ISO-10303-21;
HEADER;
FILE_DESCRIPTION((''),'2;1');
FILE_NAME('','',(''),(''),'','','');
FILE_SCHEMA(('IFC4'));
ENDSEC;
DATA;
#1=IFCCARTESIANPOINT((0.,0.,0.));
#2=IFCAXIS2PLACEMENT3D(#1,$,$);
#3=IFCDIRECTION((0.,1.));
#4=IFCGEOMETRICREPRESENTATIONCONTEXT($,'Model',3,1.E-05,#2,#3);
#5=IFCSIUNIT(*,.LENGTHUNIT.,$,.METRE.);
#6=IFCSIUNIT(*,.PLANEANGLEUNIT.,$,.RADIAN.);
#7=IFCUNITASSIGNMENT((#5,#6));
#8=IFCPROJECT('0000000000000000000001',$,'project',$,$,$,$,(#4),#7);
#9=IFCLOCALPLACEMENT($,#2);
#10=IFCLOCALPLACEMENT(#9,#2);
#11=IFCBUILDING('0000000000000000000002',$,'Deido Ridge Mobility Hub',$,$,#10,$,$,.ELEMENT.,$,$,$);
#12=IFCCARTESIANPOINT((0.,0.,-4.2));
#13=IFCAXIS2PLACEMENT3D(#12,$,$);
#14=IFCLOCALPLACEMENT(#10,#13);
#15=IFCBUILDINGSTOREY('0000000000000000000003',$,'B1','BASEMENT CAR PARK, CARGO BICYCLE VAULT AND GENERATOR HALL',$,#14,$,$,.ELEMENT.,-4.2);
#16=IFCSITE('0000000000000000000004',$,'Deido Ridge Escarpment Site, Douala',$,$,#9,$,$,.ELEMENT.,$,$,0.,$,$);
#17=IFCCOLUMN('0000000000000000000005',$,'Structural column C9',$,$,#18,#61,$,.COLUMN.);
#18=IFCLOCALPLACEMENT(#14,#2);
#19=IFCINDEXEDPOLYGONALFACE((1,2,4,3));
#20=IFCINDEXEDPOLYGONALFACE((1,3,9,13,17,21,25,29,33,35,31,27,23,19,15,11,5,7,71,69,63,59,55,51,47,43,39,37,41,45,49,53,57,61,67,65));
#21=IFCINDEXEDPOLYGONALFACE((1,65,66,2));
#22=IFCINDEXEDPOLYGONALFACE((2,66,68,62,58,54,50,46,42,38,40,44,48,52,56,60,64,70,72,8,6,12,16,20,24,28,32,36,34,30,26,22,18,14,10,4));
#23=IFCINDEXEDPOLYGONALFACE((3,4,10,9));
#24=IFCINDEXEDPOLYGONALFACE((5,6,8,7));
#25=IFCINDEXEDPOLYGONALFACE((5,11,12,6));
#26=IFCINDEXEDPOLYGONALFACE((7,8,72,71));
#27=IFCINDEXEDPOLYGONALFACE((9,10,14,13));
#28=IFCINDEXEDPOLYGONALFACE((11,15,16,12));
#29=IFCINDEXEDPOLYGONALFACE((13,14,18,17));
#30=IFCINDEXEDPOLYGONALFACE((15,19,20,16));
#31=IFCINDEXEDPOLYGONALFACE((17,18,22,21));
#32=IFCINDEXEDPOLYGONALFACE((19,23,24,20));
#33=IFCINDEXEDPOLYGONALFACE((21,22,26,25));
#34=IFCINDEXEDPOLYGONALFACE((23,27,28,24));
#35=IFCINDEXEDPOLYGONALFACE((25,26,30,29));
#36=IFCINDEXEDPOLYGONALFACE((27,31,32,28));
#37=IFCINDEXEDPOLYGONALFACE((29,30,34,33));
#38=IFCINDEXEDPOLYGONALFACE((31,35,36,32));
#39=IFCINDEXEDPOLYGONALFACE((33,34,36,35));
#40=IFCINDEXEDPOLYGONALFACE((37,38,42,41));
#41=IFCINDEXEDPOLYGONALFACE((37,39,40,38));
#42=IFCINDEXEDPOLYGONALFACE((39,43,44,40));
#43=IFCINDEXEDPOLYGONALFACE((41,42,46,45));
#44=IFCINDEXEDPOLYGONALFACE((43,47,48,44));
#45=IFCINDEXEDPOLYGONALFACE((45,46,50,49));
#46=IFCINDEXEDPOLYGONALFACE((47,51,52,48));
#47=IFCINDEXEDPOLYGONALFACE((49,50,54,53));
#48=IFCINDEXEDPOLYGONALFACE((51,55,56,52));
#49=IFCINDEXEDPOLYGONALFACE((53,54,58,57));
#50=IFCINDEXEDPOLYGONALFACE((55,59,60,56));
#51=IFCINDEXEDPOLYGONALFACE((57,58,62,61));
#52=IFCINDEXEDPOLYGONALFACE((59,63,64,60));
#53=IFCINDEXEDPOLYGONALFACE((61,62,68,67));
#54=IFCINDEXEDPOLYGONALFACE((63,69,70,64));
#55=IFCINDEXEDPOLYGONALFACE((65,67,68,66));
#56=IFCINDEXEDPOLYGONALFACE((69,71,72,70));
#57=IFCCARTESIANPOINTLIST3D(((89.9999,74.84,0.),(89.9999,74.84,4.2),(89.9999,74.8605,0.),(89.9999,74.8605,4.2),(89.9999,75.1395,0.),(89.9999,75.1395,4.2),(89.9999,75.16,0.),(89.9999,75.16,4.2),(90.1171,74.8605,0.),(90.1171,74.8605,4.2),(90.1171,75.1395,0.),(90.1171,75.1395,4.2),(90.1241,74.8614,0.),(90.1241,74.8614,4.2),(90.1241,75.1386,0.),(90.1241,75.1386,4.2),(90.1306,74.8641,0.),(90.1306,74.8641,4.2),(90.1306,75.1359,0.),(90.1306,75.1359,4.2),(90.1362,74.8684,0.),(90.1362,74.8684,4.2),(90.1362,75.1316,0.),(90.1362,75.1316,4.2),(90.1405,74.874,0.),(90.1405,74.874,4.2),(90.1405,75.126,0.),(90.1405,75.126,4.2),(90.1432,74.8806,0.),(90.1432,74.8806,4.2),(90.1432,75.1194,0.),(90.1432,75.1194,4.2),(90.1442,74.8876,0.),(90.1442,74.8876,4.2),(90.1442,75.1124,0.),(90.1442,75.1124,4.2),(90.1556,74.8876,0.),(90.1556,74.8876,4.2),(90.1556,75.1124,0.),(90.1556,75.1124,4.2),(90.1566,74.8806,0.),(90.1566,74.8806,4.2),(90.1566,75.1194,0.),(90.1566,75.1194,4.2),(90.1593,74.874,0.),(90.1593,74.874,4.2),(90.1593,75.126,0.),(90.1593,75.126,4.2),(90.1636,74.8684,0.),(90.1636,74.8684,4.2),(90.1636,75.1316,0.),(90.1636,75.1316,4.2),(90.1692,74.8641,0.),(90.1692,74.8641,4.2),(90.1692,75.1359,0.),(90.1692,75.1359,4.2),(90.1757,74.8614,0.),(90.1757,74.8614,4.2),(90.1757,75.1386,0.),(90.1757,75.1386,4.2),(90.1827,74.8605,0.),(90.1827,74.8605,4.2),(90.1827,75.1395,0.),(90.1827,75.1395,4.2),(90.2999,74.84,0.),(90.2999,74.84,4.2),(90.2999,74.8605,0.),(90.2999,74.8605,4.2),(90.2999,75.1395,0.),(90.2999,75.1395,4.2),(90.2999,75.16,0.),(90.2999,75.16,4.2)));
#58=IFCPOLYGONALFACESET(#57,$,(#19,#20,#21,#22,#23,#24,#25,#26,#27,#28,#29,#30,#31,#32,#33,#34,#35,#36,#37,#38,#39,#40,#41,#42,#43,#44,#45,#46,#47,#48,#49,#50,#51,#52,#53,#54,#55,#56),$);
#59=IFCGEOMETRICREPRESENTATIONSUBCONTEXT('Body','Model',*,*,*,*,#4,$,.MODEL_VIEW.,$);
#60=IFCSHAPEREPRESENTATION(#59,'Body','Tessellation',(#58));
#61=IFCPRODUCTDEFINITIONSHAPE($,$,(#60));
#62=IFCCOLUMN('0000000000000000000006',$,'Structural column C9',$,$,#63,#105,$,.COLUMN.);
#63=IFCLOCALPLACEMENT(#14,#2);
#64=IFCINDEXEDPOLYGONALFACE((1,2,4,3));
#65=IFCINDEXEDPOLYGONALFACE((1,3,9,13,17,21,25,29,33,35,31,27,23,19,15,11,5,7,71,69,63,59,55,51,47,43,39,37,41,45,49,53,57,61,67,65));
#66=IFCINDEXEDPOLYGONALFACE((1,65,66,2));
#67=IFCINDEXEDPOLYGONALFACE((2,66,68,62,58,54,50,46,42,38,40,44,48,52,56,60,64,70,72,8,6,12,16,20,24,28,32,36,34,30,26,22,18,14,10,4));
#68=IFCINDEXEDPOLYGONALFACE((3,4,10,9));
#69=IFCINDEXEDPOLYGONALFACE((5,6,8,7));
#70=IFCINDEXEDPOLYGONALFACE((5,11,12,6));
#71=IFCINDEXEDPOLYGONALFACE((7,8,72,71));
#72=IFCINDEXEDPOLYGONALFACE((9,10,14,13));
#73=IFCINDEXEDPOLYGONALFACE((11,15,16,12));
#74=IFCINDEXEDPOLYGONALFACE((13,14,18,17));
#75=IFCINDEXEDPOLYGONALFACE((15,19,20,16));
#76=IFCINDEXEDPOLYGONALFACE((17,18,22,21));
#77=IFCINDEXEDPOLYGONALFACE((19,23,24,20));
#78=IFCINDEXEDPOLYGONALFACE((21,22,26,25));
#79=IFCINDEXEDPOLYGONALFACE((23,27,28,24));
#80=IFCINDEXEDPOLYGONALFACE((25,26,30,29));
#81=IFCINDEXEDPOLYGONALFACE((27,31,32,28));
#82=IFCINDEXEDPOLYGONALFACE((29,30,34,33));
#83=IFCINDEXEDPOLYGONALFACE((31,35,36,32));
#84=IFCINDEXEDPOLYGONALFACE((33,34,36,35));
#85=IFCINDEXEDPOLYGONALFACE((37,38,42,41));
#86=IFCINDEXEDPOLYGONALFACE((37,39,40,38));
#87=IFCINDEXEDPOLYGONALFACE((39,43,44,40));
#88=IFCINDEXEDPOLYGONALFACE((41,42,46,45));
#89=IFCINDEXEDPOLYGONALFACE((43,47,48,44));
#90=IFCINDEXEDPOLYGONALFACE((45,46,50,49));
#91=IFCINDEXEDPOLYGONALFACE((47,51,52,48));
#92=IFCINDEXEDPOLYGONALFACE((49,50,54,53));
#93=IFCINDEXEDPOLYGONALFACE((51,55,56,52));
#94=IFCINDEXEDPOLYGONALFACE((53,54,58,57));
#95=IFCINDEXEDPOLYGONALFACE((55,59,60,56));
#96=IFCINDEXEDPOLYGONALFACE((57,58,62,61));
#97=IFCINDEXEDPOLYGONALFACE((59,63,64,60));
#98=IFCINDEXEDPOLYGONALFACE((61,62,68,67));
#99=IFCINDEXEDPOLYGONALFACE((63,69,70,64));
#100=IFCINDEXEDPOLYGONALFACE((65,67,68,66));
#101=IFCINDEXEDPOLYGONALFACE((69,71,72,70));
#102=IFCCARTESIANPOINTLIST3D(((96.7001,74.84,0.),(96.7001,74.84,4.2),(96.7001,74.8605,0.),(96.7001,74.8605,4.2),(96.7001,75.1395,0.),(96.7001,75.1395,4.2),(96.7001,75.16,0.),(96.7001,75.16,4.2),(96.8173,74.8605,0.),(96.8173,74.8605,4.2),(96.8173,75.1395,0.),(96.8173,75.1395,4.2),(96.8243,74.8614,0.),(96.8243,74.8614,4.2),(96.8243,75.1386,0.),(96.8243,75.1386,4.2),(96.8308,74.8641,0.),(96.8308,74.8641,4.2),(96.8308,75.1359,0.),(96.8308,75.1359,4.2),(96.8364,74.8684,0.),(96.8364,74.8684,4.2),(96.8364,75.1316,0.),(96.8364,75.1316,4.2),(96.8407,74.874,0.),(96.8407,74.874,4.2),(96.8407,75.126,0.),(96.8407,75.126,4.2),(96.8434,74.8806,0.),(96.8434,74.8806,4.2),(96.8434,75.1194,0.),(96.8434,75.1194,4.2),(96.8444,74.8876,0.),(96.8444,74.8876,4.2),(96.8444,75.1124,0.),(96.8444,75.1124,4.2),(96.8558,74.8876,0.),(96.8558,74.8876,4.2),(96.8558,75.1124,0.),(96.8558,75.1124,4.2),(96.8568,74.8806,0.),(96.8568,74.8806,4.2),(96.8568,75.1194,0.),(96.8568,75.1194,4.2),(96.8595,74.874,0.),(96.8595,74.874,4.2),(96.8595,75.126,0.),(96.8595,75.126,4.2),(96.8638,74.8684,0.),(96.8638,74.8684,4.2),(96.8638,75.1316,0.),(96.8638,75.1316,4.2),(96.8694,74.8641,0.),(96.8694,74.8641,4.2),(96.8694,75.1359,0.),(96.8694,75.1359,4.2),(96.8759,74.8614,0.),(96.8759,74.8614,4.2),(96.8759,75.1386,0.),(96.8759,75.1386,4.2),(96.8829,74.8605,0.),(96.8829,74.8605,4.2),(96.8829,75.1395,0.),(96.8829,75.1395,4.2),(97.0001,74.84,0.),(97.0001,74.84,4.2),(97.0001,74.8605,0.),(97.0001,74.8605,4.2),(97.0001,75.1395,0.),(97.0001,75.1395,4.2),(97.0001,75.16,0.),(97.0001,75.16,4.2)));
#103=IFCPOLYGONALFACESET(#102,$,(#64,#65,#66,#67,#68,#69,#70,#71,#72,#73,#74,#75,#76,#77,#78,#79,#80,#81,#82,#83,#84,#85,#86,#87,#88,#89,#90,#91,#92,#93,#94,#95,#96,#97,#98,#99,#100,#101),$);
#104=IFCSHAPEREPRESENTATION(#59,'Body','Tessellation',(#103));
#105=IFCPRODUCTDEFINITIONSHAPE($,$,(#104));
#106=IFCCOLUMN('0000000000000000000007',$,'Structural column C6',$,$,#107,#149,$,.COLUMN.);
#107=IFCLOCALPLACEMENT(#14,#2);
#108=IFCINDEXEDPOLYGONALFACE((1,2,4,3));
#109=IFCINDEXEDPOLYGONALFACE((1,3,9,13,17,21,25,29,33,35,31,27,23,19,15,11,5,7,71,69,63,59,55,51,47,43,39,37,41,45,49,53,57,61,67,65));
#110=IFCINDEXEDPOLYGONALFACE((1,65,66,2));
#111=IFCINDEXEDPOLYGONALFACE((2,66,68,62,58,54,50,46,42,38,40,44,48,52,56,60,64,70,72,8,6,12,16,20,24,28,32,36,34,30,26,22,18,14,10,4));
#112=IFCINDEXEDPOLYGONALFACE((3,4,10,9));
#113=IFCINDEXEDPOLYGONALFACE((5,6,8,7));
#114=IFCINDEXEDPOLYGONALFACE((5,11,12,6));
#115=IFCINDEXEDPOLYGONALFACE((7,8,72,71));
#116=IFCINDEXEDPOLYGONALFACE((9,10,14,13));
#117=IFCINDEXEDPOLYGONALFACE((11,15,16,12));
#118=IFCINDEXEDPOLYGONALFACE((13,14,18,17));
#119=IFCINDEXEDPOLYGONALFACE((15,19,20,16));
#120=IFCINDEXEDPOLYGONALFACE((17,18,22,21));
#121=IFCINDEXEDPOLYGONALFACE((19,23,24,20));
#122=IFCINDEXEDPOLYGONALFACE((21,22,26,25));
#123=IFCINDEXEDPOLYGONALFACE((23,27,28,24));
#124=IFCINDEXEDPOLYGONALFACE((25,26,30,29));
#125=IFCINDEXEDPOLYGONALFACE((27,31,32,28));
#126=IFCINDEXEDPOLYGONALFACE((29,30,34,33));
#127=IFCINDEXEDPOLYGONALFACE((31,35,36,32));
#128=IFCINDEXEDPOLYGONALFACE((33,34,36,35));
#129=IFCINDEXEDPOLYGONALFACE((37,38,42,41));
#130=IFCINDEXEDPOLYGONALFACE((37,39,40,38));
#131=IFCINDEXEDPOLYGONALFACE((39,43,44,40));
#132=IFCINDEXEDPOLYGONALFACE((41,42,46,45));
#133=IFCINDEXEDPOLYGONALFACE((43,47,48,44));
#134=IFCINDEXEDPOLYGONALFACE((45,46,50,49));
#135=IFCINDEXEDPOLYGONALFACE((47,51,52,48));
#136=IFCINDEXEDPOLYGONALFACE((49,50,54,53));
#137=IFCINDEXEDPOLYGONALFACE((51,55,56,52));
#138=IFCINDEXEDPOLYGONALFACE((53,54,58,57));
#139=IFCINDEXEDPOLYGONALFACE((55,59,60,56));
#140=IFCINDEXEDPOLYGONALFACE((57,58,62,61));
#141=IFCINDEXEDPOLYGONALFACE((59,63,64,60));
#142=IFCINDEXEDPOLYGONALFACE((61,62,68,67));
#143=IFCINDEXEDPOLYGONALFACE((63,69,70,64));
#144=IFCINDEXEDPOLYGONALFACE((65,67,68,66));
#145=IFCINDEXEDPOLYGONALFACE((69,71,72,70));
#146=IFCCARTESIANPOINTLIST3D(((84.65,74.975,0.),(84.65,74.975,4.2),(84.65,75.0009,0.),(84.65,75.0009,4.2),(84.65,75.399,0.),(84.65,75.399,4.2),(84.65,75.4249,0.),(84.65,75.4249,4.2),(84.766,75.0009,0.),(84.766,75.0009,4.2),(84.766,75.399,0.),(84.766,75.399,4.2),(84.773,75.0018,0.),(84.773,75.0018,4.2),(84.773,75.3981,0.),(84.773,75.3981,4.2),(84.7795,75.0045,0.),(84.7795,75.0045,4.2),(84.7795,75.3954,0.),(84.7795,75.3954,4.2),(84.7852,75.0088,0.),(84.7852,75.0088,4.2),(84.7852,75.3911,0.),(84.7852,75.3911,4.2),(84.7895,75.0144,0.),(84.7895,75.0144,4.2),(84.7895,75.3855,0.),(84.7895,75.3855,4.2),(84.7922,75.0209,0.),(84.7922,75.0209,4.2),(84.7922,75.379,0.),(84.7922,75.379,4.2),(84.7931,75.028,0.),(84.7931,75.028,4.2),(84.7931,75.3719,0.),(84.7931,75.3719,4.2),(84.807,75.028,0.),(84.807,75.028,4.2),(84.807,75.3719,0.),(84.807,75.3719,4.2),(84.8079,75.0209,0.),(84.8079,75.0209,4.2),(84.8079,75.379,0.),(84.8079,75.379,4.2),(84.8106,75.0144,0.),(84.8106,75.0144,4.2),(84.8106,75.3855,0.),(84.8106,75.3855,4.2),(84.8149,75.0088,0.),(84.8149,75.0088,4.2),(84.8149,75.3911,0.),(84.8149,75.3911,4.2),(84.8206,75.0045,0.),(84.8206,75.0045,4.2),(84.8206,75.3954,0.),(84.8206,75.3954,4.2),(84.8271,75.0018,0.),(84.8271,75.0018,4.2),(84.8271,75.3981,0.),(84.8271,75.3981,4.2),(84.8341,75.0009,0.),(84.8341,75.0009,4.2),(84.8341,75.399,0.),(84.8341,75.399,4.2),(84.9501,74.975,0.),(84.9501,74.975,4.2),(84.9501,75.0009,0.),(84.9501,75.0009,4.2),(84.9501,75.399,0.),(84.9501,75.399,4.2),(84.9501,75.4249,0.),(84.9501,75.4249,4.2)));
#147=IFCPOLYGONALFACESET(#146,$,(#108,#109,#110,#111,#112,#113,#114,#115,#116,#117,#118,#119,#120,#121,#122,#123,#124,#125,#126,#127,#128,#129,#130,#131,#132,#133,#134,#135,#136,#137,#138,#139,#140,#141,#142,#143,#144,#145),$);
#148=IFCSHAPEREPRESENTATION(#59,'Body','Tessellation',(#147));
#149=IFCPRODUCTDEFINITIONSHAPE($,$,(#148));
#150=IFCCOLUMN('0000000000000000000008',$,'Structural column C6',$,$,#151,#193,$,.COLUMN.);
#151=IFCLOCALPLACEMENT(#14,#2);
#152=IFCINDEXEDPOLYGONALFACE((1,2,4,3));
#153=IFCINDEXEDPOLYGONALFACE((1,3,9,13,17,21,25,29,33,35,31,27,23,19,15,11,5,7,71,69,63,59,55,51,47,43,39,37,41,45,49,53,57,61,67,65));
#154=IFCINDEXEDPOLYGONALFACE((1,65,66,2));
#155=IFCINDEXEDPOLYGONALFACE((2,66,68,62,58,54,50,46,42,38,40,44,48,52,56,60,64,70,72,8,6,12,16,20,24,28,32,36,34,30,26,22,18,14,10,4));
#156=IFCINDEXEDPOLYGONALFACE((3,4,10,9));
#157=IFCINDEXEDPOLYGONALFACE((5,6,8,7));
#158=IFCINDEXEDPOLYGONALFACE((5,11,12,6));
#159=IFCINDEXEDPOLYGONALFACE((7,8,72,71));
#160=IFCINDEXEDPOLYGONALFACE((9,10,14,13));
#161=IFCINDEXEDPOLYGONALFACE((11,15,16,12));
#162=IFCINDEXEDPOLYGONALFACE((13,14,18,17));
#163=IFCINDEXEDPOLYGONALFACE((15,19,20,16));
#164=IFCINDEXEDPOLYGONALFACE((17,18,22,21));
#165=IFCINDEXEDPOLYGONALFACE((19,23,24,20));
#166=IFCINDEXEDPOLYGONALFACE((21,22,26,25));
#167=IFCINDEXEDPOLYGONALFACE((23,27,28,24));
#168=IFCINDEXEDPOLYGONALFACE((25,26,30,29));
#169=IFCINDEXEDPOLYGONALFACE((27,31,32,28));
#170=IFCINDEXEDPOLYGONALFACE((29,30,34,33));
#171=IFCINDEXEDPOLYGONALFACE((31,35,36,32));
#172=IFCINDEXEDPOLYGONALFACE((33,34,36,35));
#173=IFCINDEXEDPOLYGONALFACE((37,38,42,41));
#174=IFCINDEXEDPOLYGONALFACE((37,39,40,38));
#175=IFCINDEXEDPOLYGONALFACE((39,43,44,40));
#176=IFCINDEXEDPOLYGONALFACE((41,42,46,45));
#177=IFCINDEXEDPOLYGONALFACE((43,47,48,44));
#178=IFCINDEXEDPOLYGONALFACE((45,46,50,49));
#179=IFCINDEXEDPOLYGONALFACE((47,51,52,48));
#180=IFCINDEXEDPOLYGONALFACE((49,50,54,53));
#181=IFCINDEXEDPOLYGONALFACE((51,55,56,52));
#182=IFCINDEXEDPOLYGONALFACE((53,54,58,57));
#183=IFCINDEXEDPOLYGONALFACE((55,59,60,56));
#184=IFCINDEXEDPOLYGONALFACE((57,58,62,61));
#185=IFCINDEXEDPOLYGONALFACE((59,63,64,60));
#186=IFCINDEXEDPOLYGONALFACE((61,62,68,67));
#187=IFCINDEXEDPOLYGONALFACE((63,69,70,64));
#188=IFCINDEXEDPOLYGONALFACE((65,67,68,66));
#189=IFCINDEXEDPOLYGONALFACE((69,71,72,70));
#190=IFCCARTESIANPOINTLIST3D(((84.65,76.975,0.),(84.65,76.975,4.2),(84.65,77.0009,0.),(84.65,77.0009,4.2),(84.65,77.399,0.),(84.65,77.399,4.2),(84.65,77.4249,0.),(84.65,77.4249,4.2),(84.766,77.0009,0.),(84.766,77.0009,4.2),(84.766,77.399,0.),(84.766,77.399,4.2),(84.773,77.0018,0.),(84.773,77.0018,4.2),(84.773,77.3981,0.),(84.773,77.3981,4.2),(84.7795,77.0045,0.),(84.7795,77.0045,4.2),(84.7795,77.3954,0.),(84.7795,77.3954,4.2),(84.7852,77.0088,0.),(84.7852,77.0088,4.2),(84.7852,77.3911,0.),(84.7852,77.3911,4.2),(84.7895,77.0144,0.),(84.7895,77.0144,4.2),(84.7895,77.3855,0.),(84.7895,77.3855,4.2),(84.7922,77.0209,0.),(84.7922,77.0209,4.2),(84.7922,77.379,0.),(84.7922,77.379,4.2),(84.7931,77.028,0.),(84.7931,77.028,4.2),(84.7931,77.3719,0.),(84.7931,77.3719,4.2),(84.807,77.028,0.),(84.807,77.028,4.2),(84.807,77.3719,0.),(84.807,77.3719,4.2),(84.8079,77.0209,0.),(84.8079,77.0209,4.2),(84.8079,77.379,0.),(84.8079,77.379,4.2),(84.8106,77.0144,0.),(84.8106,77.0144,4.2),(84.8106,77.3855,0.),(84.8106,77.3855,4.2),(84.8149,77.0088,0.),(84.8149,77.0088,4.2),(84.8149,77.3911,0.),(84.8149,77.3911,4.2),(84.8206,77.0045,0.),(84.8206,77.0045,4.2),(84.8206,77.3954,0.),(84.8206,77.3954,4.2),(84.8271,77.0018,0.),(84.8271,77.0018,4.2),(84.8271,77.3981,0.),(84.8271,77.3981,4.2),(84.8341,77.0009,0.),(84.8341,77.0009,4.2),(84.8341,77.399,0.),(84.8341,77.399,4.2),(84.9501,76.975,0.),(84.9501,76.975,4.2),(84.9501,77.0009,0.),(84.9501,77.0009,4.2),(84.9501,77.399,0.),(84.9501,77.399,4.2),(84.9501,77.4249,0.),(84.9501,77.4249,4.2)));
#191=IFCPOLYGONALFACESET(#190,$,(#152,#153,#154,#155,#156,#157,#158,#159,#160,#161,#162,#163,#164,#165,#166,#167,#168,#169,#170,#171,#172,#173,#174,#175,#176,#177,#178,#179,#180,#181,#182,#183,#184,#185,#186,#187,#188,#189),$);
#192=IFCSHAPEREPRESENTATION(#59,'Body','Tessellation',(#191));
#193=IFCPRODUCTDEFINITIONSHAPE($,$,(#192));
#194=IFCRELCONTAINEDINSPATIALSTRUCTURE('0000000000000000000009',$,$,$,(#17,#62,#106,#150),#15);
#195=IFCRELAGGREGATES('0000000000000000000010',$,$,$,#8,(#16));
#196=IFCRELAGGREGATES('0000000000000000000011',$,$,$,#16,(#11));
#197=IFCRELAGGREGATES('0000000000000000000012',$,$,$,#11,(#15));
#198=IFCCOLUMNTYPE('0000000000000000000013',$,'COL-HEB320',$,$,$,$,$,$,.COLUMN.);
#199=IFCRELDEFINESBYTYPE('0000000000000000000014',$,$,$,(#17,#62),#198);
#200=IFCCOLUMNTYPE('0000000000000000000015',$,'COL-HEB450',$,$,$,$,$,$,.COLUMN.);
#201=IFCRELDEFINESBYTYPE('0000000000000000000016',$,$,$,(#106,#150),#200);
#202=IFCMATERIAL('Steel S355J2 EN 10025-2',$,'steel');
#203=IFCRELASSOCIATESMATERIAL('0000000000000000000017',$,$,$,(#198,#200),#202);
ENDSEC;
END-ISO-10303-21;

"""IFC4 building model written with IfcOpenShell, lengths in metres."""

from ifc_helpers import new_model, si_unit, direction, frame, origin, origin_2d, place, context, subcontext, project, spatial, i_section, extrude, material, material_profile, profile_set, type_object, element, save


model = new_model("IFC4")

# Units and contexts
model_context = context("Model", 3, precision=1e-05, world=origin(), true_north=direction((0.0, 1.0)))
body_context = subcontext(model_context, "Body", "Model", "MODEL_VIEW")
ifc_project = project(units=[si_unit("LENGTHUNIT", "METRE"), si_unit("PLANEANGLEUNIT", "RADIAN")], contexts=[model_context])

# Site, building, storey
site_placement = place(None, origin())
site = spatial("IfcSite", under=ifc_project, at=site_placement, Name="Deido Ridge Escarpment Site, Douala", CompositionType="ELEMENT", RefElevation=0.0)
building_placement = place(site_placement, origin())
building = spatial("IfcBuilding", under=site, at=building_placement, Name="Deido Ridge Mobility Hub", CompositionType="ELEMENT")
storey_placement = place(building_placement, frame((0.0, 0.0, -4.2)))
storey = spatial("IfcBuildingStorey", under=building, at=storey_placement, Name="B1", Description="BASEMENT CAR PARK, CARGO BICYCLE VAULT AND GENERATOR HALL", CompositionType="ELEMENT", Elevation=-4.2)

# Columns
ifc_material_1 = material(Name="Steel S355J2 EN 10025-2", Category="steel")
ifc_material_profile_1 = material_profile(ifc_material_1, i_section(OverallWidth=0.3, OverallDepth=0.3201, WebThickness=0.0115, FlangeThickness=0.0205, FilletRadius=0.0271, at=origin_2d()), Name="HEB 320")
ifc_profile_set_1 = profile_set([ifc_material_profile_1], Name="Steel S355J2 EN 10025-2")
column_type_1 = type_object("IfcColumnType", Name="COL-HEB320", PredefinedType="COLUMN", material=ifc_profile_set_1)
for number, where, z_axis, x_axis, name in (
    (1, (90.1499, 75.0, 0.0), (0.0, 0.0, 1.0), (1.0, 0.0, 0.0), "Structural column C9"),
    (2, (96.8501, 75.0, 0.0), (0.0, 0.0, 1.0), (1.0, 0.0, 0.0), "Structural column C9"),
):
    element("IfcColumn", number, at=place(storey_placement, frame(where, z_axis=z_axis, x_axis=x_axis)), inside=storey, type_object=column_type_1, Name=name, PredefinedType="COLUMN", context=body_context, shape_type="SweptSolid", body=[
        extrude(i_section(OverallWidth=0.3, OverallDepth=0.3201, WebThickness=0.0115, FlangeThickness=0.0205, FilletRadius=0.0271, at=origin_2d()), origin(), (0.0, 0.0, 1.0), 4.2),
    ])
ifc_material_profile_2 = material_profile(ifc_material_1, i_section(OverallWidth=0.3, OverallDepth=0.45, WebThickness=0.0139, FlangeThickness=0.0259, FilletRadius=0.0271, at=origin_2d()), Name="HEB 450")
ifc_profile_set_2 = profile_set([ifc_material_profile_2], Name="Steel S355J2 EN 10025-2")
column_type_2 = type_object("IfcColumnType", Name="COL-HEB450", PredefinedType="COLUMN", material=ifc_profile_set_2)
for number, where, z_axis, x_axis, name in (
    (3, (84.8, 75.2, 0.0), (0.0, 0.0, 1.0), (1.0, 0.0, 0.0), "Structural column C6"),
    (4, (84.8, 77.2, 0.0), (0.0, 0.0, 1.0), (1.0, 0.0, 0.0), "Structural column C6"),
):
    element("IfcColumn", number, at=place(storey_placement, frame(where, z_axis=z_axis, x_axis=x_axis)), inside=storey, type_object=column_type_2, Name=name, PredefinedType="COLUMN", context=body_context, shape_type="SweptSolid", body=[
        extrude(i_section(OverallWidth=0.3, OverallDepth=0.45, WebThickness=0.0139, FlangeThickness=0.0259, FilletRadius=0.0271, at=origin_2d()), origin(), (0.0, 0.0, 1.0), 4.2),
    ])

save(model, "model.ifc")
